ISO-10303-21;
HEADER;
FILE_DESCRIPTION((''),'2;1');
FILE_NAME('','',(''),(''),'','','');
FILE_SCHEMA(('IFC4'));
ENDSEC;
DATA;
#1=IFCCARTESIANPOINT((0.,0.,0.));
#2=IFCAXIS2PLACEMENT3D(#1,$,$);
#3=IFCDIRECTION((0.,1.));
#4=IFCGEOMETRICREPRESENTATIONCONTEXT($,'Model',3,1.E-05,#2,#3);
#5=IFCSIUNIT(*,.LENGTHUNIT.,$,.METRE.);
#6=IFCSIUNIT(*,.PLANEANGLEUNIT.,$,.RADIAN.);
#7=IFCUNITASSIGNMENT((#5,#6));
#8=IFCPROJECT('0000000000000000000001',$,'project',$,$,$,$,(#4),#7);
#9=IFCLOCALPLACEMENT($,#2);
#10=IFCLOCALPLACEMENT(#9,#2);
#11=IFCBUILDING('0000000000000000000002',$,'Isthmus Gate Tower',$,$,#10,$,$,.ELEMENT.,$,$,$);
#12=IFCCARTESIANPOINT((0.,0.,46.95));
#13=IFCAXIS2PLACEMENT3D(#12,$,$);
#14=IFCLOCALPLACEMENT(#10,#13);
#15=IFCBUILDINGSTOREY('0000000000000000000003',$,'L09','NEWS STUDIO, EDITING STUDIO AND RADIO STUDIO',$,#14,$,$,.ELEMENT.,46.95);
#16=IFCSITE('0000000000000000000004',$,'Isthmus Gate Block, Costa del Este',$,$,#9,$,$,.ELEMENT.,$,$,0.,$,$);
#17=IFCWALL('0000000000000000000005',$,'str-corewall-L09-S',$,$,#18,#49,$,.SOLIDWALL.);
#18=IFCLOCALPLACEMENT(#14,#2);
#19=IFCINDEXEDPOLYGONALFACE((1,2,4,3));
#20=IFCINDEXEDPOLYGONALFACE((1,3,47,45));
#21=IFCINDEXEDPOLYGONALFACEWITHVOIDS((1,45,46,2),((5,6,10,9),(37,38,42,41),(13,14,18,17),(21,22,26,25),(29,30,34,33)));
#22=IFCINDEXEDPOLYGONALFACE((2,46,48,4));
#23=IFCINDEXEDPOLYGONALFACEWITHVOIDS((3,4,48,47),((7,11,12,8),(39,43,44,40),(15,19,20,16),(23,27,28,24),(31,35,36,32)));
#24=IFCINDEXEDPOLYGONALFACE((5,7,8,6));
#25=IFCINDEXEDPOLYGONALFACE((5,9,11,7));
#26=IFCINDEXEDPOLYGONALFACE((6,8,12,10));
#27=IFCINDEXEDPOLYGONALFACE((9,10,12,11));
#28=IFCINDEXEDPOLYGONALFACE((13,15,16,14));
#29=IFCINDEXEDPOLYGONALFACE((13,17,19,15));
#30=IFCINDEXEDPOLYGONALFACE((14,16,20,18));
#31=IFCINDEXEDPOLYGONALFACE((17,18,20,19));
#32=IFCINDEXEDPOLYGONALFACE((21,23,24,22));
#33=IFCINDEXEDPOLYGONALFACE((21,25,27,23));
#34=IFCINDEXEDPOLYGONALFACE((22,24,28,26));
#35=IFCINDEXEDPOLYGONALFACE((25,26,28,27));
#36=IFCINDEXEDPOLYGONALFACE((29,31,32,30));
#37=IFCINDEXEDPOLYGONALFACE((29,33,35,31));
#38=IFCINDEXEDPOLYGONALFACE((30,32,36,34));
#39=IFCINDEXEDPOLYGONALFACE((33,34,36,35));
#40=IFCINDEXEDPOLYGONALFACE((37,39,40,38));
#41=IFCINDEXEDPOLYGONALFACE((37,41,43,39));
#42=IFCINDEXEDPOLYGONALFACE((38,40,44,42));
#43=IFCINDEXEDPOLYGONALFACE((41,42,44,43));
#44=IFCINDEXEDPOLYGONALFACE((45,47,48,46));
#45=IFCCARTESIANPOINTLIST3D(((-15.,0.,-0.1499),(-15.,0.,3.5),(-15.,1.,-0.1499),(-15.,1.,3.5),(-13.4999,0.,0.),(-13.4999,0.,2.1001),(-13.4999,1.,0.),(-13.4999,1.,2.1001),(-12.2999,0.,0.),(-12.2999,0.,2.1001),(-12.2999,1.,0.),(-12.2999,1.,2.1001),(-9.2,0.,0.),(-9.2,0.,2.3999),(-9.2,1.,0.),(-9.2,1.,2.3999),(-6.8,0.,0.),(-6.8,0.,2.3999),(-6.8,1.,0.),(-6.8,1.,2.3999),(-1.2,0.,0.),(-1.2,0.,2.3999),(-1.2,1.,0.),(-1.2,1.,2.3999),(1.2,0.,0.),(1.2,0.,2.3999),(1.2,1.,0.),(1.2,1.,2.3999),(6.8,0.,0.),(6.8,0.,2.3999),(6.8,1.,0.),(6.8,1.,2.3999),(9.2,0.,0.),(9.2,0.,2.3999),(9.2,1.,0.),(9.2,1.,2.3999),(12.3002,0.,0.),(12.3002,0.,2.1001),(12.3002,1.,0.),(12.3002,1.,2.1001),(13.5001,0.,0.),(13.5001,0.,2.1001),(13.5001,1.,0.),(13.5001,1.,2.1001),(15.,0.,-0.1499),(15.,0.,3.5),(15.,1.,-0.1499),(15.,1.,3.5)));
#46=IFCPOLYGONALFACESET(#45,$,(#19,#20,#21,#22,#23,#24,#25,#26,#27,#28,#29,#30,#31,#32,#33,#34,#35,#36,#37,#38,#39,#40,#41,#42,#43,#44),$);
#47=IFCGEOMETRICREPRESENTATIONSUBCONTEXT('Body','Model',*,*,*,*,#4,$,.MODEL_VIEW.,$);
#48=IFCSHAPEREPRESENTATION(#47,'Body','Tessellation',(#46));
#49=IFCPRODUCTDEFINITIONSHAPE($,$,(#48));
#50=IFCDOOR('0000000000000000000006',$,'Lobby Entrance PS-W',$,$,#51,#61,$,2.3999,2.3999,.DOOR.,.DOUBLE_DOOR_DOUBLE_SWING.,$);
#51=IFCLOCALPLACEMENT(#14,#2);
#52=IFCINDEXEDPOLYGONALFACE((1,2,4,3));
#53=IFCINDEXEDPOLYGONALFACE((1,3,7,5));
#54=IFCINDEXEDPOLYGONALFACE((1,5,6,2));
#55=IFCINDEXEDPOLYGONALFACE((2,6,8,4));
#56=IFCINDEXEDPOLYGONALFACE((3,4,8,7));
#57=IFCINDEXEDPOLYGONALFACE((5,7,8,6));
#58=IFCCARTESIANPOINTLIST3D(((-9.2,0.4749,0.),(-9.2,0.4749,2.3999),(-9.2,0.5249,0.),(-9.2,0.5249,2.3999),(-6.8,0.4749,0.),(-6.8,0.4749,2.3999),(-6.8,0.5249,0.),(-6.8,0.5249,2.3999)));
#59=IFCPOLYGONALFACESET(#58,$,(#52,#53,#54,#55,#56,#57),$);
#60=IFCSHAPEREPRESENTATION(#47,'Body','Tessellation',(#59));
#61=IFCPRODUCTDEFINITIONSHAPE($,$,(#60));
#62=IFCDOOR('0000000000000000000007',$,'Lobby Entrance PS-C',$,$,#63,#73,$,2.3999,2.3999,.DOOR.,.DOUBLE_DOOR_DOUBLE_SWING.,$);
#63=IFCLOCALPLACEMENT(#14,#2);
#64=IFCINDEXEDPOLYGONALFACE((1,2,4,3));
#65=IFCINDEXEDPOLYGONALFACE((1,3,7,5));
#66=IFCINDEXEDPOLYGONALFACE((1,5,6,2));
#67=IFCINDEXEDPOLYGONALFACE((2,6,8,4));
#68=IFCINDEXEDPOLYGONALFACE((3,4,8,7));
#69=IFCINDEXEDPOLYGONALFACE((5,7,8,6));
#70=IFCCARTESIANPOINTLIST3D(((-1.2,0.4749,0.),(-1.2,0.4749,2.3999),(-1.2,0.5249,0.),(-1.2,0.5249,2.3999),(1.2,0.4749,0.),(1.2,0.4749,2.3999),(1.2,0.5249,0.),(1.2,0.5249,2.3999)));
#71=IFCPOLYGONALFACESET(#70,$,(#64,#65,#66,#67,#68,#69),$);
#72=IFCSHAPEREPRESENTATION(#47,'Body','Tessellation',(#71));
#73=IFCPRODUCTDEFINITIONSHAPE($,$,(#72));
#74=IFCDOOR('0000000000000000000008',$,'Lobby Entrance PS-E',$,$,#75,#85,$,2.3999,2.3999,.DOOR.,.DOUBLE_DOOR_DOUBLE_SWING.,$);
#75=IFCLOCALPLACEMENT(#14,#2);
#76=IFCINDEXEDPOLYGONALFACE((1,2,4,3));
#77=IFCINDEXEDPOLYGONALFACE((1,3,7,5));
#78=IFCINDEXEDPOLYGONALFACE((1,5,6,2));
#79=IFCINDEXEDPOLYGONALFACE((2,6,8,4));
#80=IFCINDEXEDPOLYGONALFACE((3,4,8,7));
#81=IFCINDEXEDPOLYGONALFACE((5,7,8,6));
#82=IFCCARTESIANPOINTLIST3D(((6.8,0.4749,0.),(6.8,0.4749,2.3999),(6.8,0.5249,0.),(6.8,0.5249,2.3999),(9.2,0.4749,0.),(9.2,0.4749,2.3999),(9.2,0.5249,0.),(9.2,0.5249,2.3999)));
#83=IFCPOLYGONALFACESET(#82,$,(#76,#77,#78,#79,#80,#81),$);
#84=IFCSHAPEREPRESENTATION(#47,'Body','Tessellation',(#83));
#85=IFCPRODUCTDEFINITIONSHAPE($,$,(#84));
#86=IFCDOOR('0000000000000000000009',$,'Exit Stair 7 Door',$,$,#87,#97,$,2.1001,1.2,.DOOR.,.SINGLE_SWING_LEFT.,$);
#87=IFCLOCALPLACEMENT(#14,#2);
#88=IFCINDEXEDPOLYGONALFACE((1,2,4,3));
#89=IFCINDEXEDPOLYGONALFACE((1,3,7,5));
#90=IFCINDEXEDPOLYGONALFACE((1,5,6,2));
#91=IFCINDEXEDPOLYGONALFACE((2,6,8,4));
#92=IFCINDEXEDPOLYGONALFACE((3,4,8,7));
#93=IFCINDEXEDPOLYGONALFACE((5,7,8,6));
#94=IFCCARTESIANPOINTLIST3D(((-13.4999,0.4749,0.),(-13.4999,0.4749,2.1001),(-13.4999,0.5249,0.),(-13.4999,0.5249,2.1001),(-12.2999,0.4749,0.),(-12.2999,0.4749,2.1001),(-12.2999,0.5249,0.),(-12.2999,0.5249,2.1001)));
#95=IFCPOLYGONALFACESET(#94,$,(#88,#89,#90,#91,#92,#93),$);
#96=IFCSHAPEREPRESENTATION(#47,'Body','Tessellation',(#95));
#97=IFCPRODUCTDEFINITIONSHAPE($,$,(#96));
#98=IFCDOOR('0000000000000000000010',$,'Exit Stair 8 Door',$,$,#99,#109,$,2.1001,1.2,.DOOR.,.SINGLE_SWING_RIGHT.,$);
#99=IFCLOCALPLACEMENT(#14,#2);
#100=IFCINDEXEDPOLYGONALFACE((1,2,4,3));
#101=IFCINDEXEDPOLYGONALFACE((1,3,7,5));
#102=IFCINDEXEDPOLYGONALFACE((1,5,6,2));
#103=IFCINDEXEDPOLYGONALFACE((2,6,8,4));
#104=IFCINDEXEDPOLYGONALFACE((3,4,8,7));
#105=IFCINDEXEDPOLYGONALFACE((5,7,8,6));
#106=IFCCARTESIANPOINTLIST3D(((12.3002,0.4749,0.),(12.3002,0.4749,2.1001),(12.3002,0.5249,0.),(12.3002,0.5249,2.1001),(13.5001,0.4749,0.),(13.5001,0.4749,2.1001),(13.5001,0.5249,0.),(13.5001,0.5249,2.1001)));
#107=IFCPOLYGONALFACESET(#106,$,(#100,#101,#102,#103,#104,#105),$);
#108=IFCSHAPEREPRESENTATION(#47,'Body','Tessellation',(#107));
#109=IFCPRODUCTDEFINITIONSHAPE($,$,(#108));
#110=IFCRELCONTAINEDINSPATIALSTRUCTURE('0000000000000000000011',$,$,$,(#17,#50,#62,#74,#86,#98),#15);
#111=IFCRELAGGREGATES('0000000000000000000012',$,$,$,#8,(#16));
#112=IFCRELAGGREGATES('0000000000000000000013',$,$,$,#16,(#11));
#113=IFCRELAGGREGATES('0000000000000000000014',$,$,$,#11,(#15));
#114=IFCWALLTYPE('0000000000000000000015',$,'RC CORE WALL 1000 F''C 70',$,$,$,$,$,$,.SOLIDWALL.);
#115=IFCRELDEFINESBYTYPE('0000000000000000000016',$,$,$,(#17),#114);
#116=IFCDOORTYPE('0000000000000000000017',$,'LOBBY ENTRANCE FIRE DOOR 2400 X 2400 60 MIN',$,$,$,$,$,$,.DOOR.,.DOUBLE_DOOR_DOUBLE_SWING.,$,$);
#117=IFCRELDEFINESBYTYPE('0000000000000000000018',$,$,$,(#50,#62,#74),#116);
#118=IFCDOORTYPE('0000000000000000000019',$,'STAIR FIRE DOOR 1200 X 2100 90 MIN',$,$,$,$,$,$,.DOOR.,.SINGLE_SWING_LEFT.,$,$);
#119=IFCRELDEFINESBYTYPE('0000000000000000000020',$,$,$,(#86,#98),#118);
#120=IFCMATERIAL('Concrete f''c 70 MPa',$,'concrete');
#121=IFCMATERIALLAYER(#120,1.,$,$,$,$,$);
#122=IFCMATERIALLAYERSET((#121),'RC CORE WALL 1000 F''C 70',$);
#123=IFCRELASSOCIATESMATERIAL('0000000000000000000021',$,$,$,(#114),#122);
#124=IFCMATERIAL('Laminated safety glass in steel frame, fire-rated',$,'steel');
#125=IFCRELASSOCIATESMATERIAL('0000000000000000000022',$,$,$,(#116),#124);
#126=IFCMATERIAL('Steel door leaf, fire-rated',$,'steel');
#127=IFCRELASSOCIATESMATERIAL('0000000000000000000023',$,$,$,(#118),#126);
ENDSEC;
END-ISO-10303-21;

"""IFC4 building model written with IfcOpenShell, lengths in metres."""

from ifc_helpers import new_model, si_unit, direction, frame, frame_2d, origin, place, context, subcontext, project, spatial, rectangle, extrude, material, layer, layer_set, type_object, element, fill, save


model = new_model("IFC4")

# Units and contexts
model_context = context("Model", 3, precision=1e-05, world=origin(), true_north=direction((0.0, 1.0)))
body_context = subcontext(model_context, "Body", "Model", "MODEL_VIEW")
ifc_project = project(units=[si_unit("LENGTHUNIT", "METRE"), si_unit("PLANEANGLEUNIT", "RADIAN")], contexts=[model_context])

# Site, building, storey
site_placement = place(None, origin())
site = spatial("IfcSite", under=ifc_project, at=site_placement, Name="Isthmus Gate Block, Costa del Este", CompositionType="ELEMENT", RefElevation=0.0)
building_placement = place(site_placement, origin())
building = spatial("IfcBuilding", under=site, at=building_placement, Name="Isthmus Gate Tower", CompositionType="ELEMENT")
storey_placement = place(building_placement, frame((0.0, 0.0, 46.95)))
storey = spatial("IfcBuildingStorey", under=building, at=storey_placement, Name="L09", Description="NEWS STUDIO, EDITING STUDIO AND RADIO STUDIO", CompositionType="ELEMENT", Elevation=46.95)

# Wall, openings, doors
ifc_material_1 = material(Name="Concrete f'c 70 MPa", Category="concrete")
ifc_layer_1 = layer(ifc_material_1, 1.0)
ifc_layer_set_1 = layer_set([ifc_layer_1], Name="RC CORE WALL 1000 F'C 70")
wall_type_1 = type_object("IfcWallType", Name="RC CORE WALL 1000 F'C 70", PredefinedType="SOLIDWALL", material=ifc_layer_set_1)
wall_1_placement = place(storey_placement, frame((-15.0, 0.5, -0.1499), z_axis=(0.0, 0.0, 1.0), x_axis=(1.0, 0.0, 0.0)))
wall_1 = element("IfcWall", 1, at=wall_1_placement, inside=storey, type_object=wall_type_1, Name="str-corewall-L09-S", PredefinedType="SOLIDWALL", context=body_context, shape_type="SweptSolid", body=[
    extrude(rectangle(XDim=30.0, YDim=1.0, at=frame_2d((15.0, 0.0))), origin(), (0.0, 0.0, 1.0), 3.6499),
])
opening_1_placement = place(wall_1_placement, frame((5.8, 0.0, 0.1499)))
opening_1 = element("IfcOpeningElement", 2, at=opening_1_placement, cuts=wall_1, PredefinedType="OPENING", context=body_context, shape_type="SweptSolid", body=[
    extrude(rectangle(XDim=2.3999, YDim=2.3999, at=frame_2d((1.2, 1.2))), frame((0.0, 0.51, 0.0), z_axis=(0.0, -1.0, 0.0), x_axis=(1.0, 0.0, 0.0)), (0.0, 0.0, 1.0), 1.02),
])
opening_2_placement = place(wall_1_placement, frame((13.8, 0.0, 0.1499)))
opening_2 = element("IfcOpeningElement", 3, at=opening_2_placement, cuts=wall_1, PredefinedType="OPENING", context=body_context, shape_type="SweptSolid", body=[
    extrude(rectangle(XDim=2.3999, YDim=2.3999, at=frame_2d((1.2, 1.2))), frame((0.0, 0.51, 0.0), z_axis=(0.0, -1.0, 0.0), x_axis=(1.0, 0.0, 0.0)), (0.0, 0.0, 1.0), 1.02),
])
opening_3_placement = place(wall_1_placement, frame((21.8, 0.0, 0.1499)))
opening_3 = element("IfcOpeningElement", 4, at=opening_3_placement, cuts=wall_1, PredefinedType="OPENING", context=body_context, shape_type="SweptSolid", body=[
    extrude(rectangle(XDim=2.3999, YDim=2.3999, at=frame_2d((1.2, 1.2))), frame((0.0, 0.51, 0.0), z_axis=(0.0, -1.0, 0.0), x_axis=(1.0, 0.0, 0.0)), (0.0, 0.0, 1.0), 1.02),
])
opening_4_placement = place(wall_1_placement, frame((1.5, 0.0, 0.1499)))
opening_4 = element("IfcOpeningElement", 5, at=opening_4_placement, cuts=wall_1, PredefinedType="OPENING", context=body_context, shape_type="SweptSolid", body=[
    extrude(rectangle(XDim=1.2, YDim=2.1001, at=frame_2d((0.6001, 1.05))), frame((0.0, 0.51, 0.0), z_axis=(0.0, -1.0, 0.0), x_axis=(1.0, 0.0, 0.0)), (0.0, 0.0, 1.0), 1.02),
])
opening_5_placement = place(wall_1_placement, frame((27.3, 0.0, 0.1499)))
opening_5 = element("IfcOpeningElement", 6, at=opening_5_placement, cuts=wall_1, PredefinedType="OPENING", context=body_context, shape_type="SweptSolid", body=[
    extrude(rectangle(XDim=1.2, YDim=2.1001, at=frame_2d((0.6001, 1.05))), frame((0.0, 0.51, 0.0), z_axis=(0.0, -1.0, 0.0), x_axis=(1.0, 0.0, 0.0)), (0.0, 0.0, 1.0), 1.02),
])
ifc_material_2 = material(Name="Laminated safety glass in steel frame, fire-rated", Category="steel")
door_type_1 = type_object("IfcDoorType", Name="LOBBY ENTRANCE FIRE DOOR 2400 X 2400 60 MIN", OperationType="DOUBLE_DOOR_DOUBLE_SWING", PredefinedType="DOOR", material=ifc_material_2)
door_1_placement = place(opening_1_placement, origin())
door_1 = element("IfcDoor", 7, at=door_1_placement, inside=storey, type_object=door_type_1, Name="Lobby Entrance PS-W", OperationType="DOUBLE_DOOR_DOUBLE_SWING", OverallHeight=2.3999, OverallWidth=2.3999, PredefinedType="DOOR", context=body_context, shape_type="SweptSolid", body=[
    extrude(rectangle(XDim=2.3999, YDim=2.3999, at=frame_2d((1.2, 1.2))), frame((0.0, 0.0249, 0.0), z_axis=(0.0, -1.0, 0.0), x_axis=(1.0, 0.0, 0.0)), (0.0, 0.0, 1.0), 0.05),
])
fill(opening_1, door_1)
door_2_placement = place(opening_2_placement, origin())
door_2 = element("IfcDoor", 8, at=door_2_placement, inside=storey, type_object=door_type_1, Name="Lobby Entrance PS-C", OperationType="DOUBLE_DOOR_DOUBLE_SWING", OverallHeight=2.3999, OverallWidth=2.3999, PredefinedType="DOOR", context=body_context, shape_type="SweptSolid", body=[
    extrude(rectangle(XDim=2.3999, YDim=2.3999, at=frame_2d((1.2, 1.2))), frame((0.0, 0.0249, 0.0), z_axis=(0.0, -1.0, 0.0), x_axis=(1.0, 0.0, 0.0)), (0.0, 0.0, 1.0), 0.05),
])
fill(opening_2, door_2)
door_3_placement = place(opening_3_placement, origin())
door_3 = element("IfcDoor", 9, at=door_3_placement, inside=storey, type_object=door_type_1, Name="Lobby Entrance PS-E", OperationType="DOUBLE_DOOR_DOUBLE_SWING", OverallHeight=2.3999, OverallWidth=2.3999, PredefinedType="DOOR", context=body_context, shape_type="SweptSolid", body=[
    extrude(rectangle(XDim=2.3999, YDim=2.3999, at=frame_2d((1.2, 1.2))), frame((0.0, 0.0249, 0.0), z_axis=(0.0, -1.0, 0.0), x_axis=(1.0, 0.0, 0.0)), (0.0, 0.0, 1.0), 0.05),
])
fill(opening_3, door_3)
ifc_material_3 = material(Name="Steel door leaf, fire-rated", Category="steel")
door_type_2 = type_object("IfcDoorType", Name="STAIR FIRE DOOR 1200 X 2100 90 MIN", OperationType="SINGLE_SWING_LEFT", PredefinedType="DOOR", material=ifc_material_3)
door_4_placement = place(opening_4_placement, origin())
door_4 = element("IfcDoor", 10, at=door_4_placement, inside=storey, type_object=door_type_2, Name="Exit Stair 7 Door", OperationType="SINGLE_SWING_LEFT", OverallHeight=2.1001, OverallWidth=1.2, PredefinedType="DOOR", context=body_context, shape_type="SweptSolid", body=[
    extrude(rectangle(XDim=1.2, YDim=2.1001, at=frame_2d((0.6001, 1.05))), frame((0.0, 0.0249, 0.0), z_axis=(0.0, -1.0, 0.0), x_axis=(1.0, 0.0, 0.0)), (0.0, 0.0, 1.0), 0.05),
])
fill(opening_4, door_4)
door_5_placement = place(opening_5_placement, origin())
door_5 = element("IfcDoor", 11, at=door_5_placement, inside=storey, type_object=door_type_2, Name="Exit Stair 8 Door", OperationType="SINGLE_SWING_RIGHT", OverallHeight=2.1001, OverallWidth=1.2, PredefinedType="DOOR", context=body_context, shape_type="SweptSolid", body=[
    extrude(rectangle(XDim=1.2, YDim=2.1001, at=frame_2d((0.6001, 1.05))), frame((0.0, 0.0249, 0.0), z_axis=(0.0, -1.0, 0.0), x_axis=(1.0, 0.0, 0.0)), (0.0, 0.0, 1.0), 0.05),
])
fill(opening_5, door_5)

save(model, "model.ifc")
